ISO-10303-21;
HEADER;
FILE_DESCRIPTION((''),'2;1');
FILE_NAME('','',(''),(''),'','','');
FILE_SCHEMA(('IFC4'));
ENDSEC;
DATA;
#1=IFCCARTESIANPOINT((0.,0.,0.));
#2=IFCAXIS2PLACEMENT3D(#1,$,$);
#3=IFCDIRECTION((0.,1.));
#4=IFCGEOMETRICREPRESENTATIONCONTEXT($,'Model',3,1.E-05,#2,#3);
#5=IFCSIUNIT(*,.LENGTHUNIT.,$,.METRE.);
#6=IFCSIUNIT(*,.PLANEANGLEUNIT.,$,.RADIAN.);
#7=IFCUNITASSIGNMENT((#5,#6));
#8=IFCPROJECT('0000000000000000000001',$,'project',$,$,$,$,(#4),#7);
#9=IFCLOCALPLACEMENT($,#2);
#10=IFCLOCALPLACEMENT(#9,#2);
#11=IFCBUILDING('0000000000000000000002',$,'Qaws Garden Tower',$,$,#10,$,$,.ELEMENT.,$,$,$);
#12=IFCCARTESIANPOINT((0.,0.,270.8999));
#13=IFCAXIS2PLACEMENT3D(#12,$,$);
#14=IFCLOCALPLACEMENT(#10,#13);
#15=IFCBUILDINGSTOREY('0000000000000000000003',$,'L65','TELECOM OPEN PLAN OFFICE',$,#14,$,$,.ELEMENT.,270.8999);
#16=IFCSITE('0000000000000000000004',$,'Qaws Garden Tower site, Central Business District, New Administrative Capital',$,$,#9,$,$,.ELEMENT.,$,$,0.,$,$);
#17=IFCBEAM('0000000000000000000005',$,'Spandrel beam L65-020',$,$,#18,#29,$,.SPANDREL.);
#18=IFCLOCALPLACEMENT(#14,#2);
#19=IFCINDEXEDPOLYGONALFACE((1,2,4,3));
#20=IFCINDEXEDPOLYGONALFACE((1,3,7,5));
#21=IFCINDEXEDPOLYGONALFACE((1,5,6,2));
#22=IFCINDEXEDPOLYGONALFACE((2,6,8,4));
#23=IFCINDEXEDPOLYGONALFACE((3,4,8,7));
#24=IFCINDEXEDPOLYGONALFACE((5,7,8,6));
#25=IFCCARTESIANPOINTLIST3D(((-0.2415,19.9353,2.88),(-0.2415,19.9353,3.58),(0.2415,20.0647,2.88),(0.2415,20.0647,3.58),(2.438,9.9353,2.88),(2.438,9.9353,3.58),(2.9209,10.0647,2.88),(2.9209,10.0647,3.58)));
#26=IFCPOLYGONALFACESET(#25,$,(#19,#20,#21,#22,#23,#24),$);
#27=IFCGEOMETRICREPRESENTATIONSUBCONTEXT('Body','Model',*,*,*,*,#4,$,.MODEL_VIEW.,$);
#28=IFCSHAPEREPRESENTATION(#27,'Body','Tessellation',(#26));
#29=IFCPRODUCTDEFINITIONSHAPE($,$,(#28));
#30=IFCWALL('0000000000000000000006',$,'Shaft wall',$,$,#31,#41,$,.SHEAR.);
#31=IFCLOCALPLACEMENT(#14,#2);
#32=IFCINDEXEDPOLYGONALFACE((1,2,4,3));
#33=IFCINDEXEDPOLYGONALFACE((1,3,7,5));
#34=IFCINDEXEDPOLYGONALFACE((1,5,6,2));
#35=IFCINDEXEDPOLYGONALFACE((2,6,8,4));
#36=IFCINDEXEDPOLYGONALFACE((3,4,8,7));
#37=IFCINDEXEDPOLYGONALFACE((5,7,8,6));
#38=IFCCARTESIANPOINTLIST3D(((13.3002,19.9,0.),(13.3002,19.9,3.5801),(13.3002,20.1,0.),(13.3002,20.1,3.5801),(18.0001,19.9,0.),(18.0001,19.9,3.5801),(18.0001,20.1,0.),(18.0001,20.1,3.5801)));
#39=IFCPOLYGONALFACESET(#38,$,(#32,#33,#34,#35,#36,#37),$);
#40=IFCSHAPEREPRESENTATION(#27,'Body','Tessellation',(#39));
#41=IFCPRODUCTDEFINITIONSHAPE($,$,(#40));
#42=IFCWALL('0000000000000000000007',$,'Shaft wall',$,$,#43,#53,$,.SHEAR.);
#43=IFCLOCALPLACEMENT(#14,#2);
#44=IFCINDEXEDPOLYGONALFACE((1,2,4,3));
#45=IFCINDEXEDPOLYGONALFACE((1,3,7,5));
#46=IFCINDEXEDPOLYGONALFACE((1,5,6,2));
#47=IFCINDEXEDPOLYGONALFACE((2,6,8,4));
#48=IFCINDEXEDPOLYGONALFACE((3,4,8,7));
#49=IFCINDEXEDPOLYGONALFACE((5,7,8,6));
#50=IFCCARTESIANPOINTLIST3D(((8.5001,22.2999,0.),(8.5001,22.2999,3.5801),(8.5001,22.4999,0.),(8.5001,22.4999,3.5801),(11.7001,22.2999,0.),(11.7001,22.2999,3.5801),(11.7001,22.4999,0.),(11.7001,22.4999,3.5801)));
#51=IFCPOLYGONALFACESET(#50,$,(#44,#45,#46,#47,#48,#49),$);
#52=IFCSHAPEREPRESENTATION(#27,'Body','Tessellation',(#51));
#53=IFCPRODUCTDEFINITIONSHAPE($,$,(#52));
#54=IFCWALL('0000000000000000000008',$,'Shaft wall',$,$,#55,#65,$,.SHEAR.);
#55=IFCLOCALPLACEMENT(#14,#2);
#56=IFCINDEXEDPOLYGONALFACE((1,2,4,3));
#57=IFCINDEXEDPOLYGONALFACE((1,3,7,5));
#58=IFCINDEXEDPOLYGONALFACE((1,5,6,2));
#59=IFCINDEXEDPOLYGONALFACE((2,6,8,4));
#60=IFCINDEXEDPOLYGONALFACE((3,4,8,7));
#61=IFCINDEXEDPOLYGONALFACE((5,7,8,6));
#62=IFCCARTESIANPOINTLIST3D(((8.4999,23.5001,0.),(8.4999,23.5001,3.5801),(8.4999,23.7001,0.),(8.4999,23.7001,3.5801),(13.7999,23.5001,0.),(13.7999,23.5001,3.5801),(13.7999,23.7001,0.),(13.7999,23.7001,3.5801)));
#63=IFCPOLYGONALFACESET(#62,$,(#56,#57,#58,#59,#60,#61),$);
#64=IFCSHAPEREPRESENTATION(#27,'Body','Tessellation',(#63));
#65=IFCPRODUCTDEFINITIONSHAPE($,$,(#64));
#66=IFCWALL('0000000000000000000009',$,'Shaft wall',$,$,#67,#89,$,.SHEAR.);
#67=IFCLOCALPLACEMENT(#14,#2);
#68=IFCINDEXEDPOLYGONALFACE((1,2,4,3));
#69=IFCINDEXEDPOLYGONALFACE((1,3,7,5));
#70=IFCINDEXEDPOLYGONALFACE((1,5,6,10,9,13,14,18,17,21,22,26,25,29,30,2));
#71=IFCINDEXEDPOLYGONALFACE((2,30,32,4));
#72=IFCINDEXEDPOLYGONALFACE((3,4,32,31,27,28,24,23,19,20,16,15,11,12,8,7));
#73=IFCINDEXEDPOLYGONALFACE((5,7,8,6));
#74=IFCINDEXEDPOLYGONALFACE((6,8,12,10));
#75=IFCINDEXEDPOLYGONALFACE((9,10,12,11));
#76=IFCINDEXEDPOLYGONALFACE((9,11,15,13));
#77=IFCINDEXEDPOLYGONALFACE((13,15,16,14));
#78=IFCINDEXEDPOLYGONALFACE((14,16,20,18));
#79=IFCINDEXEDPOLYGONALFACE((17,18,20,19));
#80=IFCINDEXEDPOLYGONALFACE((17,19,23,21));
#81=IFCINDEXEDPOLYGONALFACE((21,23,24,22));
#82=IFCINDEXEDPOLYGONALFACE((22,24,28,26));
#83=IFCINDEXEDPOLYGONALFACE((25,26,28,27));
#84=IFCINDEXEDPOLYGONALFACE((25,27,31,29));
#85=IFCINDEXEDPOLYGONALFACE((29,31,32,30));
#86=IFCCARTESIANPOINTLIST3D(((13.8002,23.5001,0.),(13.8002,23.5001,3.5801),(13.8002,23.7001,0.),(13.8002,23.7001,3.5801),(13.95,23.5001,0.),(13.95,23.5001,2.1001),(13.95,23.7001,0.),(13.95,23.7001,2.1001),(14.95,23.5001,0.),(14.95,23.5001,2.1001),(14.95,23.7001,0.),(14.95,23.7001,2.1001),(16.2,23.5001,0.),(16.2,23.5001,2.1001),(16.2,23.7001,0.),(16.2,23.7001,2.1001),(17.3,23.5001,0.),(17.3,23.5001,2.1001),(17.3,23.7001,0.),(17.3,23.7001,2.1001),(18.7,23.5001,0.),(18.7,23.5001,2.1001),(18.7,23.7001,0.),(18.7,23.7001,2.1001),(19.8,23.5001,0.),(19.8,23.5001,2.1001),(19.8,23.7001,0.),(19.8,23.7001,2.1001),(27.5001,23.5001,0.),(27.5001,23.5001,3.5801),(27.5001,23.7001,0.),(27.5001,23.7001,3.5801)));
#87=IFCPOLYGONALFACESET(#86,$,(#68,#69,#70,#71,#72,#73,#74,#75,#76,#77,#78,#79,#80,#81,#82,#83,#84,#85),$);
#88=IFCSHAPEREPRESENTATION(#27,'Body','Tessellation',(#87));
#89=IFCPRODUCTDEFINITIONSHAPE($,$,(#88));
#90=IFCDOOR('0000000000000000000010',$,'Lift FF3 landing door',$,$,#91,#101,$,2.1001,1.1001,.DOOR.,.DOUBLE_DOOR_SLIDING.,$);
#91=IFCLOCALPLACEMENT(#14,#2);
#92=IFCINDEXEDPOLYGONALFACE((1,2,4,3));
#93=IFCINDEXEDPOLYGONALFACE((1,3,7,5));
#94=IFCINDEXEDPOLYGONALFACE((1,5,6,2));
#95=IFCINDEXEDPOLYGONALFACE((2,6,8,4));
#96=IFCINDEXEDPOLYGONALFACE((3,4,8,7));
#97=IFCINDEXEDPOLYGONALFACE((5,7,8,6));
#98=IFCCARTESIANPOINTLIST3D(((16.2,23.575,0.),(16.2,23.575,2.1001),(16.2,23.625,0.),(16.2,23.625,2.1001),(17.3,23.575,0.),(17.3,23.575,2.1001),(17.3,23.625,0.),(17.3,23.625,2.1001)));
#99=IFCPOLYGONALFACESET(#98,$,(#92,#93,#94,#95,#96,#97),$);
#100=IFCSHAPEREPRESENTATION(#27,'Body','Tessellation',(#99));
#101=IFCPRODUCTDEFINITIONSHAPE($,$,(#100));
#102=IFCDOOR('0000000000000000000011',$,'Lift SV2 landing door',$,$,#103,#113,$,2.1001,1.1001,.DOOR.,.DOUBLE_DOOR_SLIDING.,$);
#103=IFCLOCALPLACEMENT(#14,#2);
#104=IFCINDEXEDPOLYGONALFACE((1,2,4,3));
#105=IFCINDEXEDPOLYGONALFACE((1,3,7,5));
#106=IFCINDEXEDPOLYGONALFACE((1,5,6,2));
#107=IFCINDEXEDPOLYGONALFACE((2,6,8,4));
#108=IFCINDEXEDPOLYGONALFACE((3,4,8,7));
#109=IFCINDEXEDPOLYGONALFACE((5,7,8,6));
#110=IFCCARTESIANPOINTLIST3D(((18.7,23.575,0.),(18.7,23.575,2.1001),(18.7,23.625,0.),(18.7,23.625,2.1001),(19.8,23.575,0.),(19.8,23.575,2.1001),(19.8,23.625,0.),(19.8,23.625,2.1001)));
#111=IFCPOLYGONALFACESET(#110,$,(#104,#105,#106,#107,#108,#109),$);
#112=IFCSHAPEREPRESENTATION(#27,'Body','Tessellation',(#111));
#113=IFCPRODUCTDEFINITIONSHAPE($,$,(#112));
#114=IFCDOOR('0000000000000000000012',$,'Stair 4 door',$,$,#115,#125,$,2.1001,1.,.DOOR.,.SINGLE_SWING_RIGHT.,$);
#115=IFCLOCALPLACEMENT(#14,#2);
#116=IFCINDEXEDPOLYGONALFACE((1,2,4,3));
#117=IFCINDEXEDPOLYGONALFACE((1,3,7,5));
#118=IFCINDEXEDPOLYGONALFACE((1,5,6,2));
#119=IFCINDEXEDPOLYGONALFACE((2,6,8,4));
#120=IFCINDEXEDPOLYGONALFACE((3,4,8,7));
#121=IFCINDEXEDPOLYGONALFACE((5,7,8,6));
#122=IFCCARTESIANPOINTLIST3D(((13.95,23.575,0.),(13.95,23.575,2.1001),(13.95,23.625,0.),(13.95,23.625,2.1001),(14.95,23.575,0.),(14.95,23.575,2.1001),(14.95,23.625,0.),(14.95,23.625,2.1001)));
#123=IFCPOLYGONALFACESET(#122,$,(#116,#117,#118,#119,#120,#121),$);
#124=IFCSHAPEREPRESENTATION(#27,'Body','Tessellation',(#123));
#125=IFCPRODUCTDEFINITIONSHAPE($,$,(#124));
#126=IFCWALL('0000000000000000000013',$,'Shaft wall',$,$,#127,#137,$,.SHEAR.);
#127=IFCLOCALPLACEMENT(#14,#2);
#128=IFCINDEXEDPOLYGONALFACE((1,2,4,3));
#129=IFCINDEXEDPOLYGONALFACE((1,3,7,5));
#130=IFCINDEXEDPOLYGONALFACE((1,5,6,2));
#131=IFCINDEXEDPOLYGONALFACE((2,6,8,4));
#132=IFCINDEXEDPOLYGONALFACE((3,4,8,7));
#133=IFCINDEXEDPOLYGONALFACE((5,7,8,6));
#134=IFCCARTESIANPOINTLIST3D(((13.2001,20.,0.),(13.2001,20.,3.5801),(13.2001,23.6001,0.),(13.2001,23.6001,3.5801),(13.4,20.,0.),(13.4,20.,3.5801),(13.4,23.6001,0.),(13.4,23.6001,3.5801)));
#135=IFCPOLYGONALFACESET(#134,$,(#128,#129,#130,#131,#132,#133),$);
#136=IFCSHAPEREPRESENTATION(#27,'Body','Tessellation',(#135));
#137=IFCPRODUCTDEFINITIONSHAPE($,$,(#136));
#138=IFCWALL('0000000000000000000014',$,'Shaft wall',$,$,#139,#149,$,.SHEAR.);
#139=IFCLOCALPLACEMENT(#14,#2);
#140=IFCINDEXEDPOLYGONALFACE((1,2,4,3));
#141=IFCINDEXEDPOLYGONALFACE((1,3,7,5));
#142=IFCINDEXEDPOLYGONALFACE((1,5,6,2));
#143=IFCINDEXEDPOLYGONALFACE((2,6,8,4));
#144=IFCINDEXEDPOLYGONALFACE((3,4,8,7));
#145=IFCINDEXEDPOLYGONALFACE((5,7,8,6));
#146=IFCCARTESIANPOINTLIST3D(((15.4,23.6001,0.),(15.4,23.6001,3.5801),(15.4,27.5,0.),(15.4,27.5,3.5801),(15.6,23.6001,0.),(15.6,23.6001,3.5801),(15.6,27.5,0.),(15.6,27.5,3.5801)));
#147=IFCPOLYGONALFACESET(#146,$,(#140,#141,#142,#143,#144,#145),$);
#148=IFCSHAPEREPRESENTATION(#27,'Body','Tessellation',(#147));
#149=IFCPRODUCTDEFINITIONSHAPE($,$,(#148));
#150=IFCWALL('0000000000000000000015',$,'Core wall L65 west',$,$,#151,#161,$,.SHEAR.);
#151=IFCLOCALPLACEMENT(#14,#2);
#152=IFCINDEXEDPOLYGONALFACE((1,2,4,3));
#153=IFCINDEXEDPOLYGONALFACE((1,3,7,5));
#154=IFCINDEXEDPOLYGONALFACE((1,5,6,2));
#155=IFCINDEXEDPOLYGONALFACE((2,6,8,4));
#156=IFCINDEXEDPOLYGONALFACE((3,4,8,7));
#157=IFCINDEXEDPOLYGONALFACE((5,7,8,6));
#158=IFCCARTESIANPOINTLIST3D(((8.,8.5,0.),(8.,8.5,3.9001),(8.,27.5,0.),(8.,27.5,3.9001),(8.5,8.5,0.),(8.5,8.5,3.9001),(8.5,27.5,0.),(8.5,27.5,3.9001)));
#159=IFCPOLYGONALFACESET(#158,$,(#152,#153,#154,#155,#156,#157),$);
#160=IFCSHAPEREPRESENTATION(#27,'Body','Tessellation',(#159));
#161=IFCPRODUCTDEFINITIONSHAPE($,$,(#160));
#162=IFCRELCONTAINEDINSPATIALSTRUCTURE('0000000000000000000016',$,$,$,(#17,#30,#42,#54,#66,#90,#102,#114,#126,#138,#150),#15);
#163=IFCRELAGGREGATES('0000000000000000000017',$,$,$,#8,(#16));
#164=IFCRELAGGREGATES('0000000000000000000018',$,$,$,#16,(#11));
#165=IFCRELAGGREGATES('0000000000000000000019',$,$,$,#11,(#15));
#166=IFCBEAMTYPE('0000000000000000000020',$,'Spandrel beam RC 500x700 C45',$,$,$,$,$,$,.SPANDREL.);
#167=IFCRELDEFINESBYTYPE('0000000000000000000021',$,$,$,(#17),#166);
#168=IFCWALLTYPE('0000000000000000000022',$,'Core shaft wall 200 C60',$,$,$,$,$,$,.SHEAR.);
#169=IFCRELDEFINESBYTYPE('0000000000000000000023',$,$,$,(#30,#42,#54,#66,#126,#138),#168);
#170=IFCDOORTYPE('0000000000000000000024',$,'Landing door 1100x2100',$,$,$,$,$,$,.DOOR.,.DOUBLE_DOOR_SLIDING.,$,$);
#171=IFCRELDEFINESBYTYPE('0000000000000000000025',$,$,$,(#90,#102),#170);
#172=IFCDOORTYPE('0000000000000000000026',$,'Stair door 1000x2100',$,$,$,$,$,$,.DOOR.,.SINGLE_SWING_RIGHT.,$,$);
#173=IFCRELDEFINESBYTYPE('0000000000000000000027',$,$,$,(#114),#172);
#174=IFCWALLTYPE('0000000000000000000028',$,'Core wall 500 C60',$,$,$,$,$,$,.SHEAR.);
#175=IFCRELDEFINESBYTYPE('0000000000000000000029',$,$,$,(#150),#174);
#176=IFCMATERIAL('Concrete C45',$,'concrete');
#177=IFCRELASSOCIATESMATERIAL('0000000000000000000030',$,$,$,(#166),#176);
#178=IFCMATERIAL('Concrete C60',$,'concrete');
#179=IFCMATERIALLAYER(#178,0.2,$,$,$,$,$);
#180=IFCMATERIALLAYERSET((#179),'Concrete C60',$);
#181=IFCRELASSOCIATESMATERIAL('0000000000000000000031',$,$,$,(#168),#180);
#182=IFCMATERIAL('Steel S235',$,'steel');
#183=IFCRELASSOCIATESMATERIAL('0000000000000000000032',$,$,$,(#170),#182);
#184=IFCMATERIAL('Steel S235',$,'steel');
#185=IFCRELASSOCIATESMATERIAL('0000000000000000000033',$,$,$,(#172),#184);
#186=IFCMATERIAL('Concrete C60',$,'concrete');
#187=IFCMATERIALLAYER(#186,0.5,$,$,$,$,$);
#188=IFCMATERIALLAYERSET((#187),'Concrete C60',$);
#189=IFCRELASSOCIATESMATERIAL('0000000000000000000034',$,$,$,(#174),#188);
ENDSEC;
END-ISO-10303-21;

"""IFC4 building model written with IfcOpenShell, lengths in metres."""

from ifc_helpers import new_model, si_unit, direction, frame, frame_2d, origin, origin_2d, place, context, subcontext, project, spatial, rectangle, extrude, material, layer, layer_set, material_profile, profile_set, type_object, element, fill, save


model = new_model("IFC4")

# Units and contexts
model_context = context("Model", 3, precision=1e-05, world=origin(), true_north=direction((0.0, 1.0)))
body_context = subcontext(model_context, "Body", "Model", "MODEL_VIEW")
ifc_project = project(units=[si_unit("LENGTHUNIT", "METRE"), si_unit("PLANEANGLEUNIT", "RADIAN")], contexts=[model_context])

# Site, building, storey
site_placement = place(None, origin())
site = spatial("IfcSite", under=ifc_project, at=site_placement, Name="Qaws Garden Tower site, Central Business District, New Administrative Capital", CompositionType="ELEMENT", RefElevation=0.0)
building_placement = place(site_placement, origin())
building = spatial("IfcBuilding", under=site, at=building_placement, Name="Qaws Garden Tower", CompositionType="ELEMENT")
storey_placement = place(building_placement, frame((0.0, 0.0, 270.8999)))
storey = spatial("IfcBuildingStorey", under=building, at=storey_placement, Name="L65", Description="TELECOM OPEN PLAN OFFICE", CompositionType="ELEMENT", Elevation=270.8999)

# Beam
ifc_material_1 = material(Name="Concrete C45", Category="concrete")
ifc_material_profile = material_profile(ifc_material_1, rectangle(XDim=0.5, YDim=0.7, at=origin_2d()), Name="RC 500x700")
ifc_profile_set = profile_set([ifc_material_profile], Name="Concrete C45")
beam_type = type_object("IfcBeamType", Name="Spandrel beam RC 500x700 C45", PredefinedType="SPANDREL", material=ifc_profile_set)
beam_placement = place(storey_placement, frame((0.0, 20.0, 3.23), z_axis=(0.258815, -0.965927, 0.0), x_axis=(0.965927, 0.258815, 0.0)))
element("IfcBeam", 1, at=beam_placement, inside=storey, type_object=beam_type, Name="Spandrel beam L65-020", PredefinedType="SPANDREL", context=body_context, shape_type="SweptSolid", body=[
    extrude(rectangle(XDim=0.5, YDim=0.7, at=origin_2d()), origin(), (0.0, 0.0, 1.0), 10.3528),
])

# Walls
ifc_material_2 = material(Name="Concrete C60", Category="concrete")
ifc_layer_1 = layer(ifc_material_2, 0.2)
ifc_layer_set_1 = layer_set([ifc_layer_1], Name="Concrete C60")
wall_type_1 = type_object("IfcWallType", Name="Core shaft wall 200 C60", PredefinedType="SHEAR", material=ifc_layer_set_1)
wall_1_placement = place(storey_placement, frame((13.3, 20.0, 0.0), z_axis=(0.0, 0.0, 1.0), x_axis=(1.0, 0.0, 0.0)))
element("IfcWall", 2, at=wall_1_placement, inside=storey, type_object=wall_type_1, Name="Shaft wall", PredefinedType="SHEAR", context=body_context, shape_type="SweptSolid", body=[
    extrude(rectangle(XDim=4.7, YDim=0.2, at=frame_2d((2.3501, 0.0))), origin(), (0.0, 0.0, 1.0), 3.5801),
])
wall_2_placement = place(storey_placement, frame((8.5, 22.3999, 0.0), z_axis=(0.0, 0.0, 1.0), x_axis=(1.0, 0.0, 0.0)))
element("IfcWall", 3, at=wall_2_placement, inside=storey, type_object=wall_type_1, Name="Shaft wall", PredefinedType="SHEAR", context=body_context, shape_type="SweptSolid", body=[
    extrude(rectangle(XDim=3.2, YDim=0.2, at=frame_2d((1.6001, 0.0))), origin(), (0.0, 0.0, 1.0), 3.5801),
])
wall_3_placement = place(storey_placement, frame((8.5, 23.6001, 0.0), z_axis=(0.0, 0.0, 1.0), x_axis=(1.0, 0.0, 0.0)))
element("IfcWall", 4, at=wall_3_placement, inside=storey, type_object=wall_type_1, Name="Shaft wall", PredefinedType="SHEAR", context=body_context, shape_type="SweptSolid", body=[
    extrude(rectangle(XDim=5.3, YDim=0.2, at=frame_2d((2.6499, 0.0))), origin(), (0.0, 0.0, 1.0), 3.5801),
])

# Wall, openings, doors
wall_4_placement = place(storey_placement, frame((13.8, 23.6001, 0.0), z_axis=(0.0, 0.0, 1.0), x_axis=(1.0, 0.0, 0.0)))
wall_4 = element("IfcWall", 5, at=wall_4_placement, inside=storey, type_object=wall_type_1, Name="Shaft wall", PredefinedType="SHEAR", context=body_context, shape_type="SweptSolid", body=[
    extrude(rectangle(XDim=13.7, YDim=0.2, at=frame_2d((6.8501, 0.0))), origin(), (0.0, 0.0, 1.0), 3.5801),
])
opening_1_placement = place(wall_4_placement, frame((2.3999, 0.0, 0.0)))
opening_1 = element("IfcOpeningElement", 6, at=opening_1_placement, cuts=wall_4, PredefinedType="OPENING", context=body_context, shape_type="SweptSolid", body=[
    extrude(rectangle(XDim=1.1001, YDim=2.1001, at=frame_2d((0.55, 1.05))), frame((0.0, 0.1099, 0.0), z_axis=(0.0, -1.0, 0.0), x_axis=(1.0, 0.0, 0.0)), (0.0, 0.0, 1.0), 0.22),
])
opening_2_placement = place(wall_4_placement, frame((4.8999, 0.0, 0.0)))
opening_2 = element("IfcOpeningElement", 7, at=opening_2_placement, cuts=wall_4, PredefinedType="OPENING", context=body_context, shape_type="SweptSolid", body=[
    extrude(rectangle(XDim=1.1001, YDim=2.1001, at=frame_2d((0.55, 1.05))), frame((0.0, 0.1099, 0.0), z_axis=(0.0, -1.0, 0.0), x_axis=(1.0, 0.0, 0.0)), (0.0, 0.0, 1.0), 0.22),
])
opening_3_placement = place(wall_4_placement, frame((0.1499, 0.0, 0.0)))
opening_3 = element("IfcOpeningElement", 8, at=opening_3_placement, cuts=wall_4, PredefinedType="OPENING", context=body_context, shape_type="SweptSolid", body=[
    extrude(rectangle(XDim=1.0, YDim=2.1001, at=frame_2d((0.5, 1.05))), frame((0.0, 0.1099, 0.0), z_axis=(0.0, -1.0, 0.0), x_axis=(1.0, 0.0, 0.0)), (0.0, 0.0, 1.0), 0.22),
])
ifc_material_3 = material(Name="Steel S235", Category="steel")
door_type_1 = type_object("IfcDoorType", Name="Landing door 1100x2100", OperationType="DOUBLE_DOOR_SLIDING", PredefinedType="DOOR", material=ifc_material_3)
door_1_placement = place(opening_1_placement, origin())
door_1 = element("IfcDoor", 9, at=door_1_placement, inside=storey, type_object=door_type_1, Name="Lift FF3 landing door", OperationType="DOUBLE_DOOR_SLIDING", OverallHeight=2.1001, OverallWidth=1.1001, PredefinedType="DOOR", context=body_context, shape_type="SweptSolid", body=[
    extrude(rectangle(XDim=1.1001, YDim=2.1001, at=frame_2d((0.55, 1.05))), frame((0.0, 0.0249, 0.0), z_axis=(0.0, -1.0, 0.0), x_axis=(1.0, 0.0, 0.0)), (0.0, 0.0, 1.0), 0.05),
])
fill(opening_1, door_1)
door_2_placement = place(opening_2_placement, origin())
door_2 = element("IfcDoor", 10, at=door_2_placement, inside=storey, type_object=door_type_1, Name="Lift SV2 landing door", OperationType="DOUBLE_DOOR_SLIDING", OverallHeight=2.1001, OverallWidth=1.1001, PredefinedType="DOOR", context=body_context, shape_type="SweptSolid", body=[
    extrude(rectangle(XDim=1.1001, YDim=2.1001, at=frame_2d((0.55, 1.05))), frame((0.0, 0.0249, 0.0), z_axis=(0.0, -1.0, 0.0), x_axis=(1.0, 0.0, 0.0)), (0.0, 0.0, 1.0), 0.05),
])
fill(opening_2, door_2)
ifc_material_4 = material(Name="Steel S235", Category="steel")
door_type_2 = type_object("IfcDoorType", Name="Stair door 1000x2100", OperationType="SINGLE_SWING_RIGHT", PredefinedType="DOOR", material=ifc_material_4)
door_3_placement = place(opening_3_placement, origin())
door_3 = element("IfcDoor", 11, at=door_3_placement, inside=storey, type_object=door_type_2, Name="Stair 4 door", OperationType="SINGLE_SWING_RIGHT", OverallHeight=2.1001, OverallWidth=1.0, PredefinedType="DOOR", context=body_context, shape_type="SweptSolid", body=[
    extrude(rectangle(XDim=1.0, YDim=2.1001, at=frame_2d((0.5, 1.05))), frame((0.0, 0.0249, 0.0), z_axis=(0.0, -1.0, 0.0), x_axis=(1.0, 0.0, 0.0)), (0.0, 0.0, 1.0), 0.05),
])
fill(opening_3, door_3)

# Walls
wall_5_placement = place(storey_placement, frame((13.3, 20.0, 0.0), z_axis=(0.0, 0.0, 1.0), x_axis=(0.0, 1.0, 0.0)))
element("IfcWall", 12, at=wall_5_placement, inside=storey, type_object=wall_type_1, Name="Shaft wall", PredefinedType="SHEAR", context=body_context, shape_type="SweptSolid", body=[
    extrude(rectangle(XDim=3.6001, YDim=0.2, at=frame_2d((1.8, 0.0))), origin(), (0.0, 0.0, 1.0), 3.5801),
])
wall_6_placement = place(storey_placement, frame((15.5, 23.6001, 0.0), z_axis=(0.0, 0.0, 1.0), x_axis=(0.0, 1.0, 0.0)))
element("IfcWall", 13, at=wall_6_placement, inside=storey, type_object=wall_type_1, Name="Shaft wall", PredefinedType="SHEAR", context=body_context, shape_type="SweptSolid", body=[
    extrude(rectangle(XDim=3.8999, YDim=0.2, at=frame_2d((1.95, 0.0))), origin(), (0.0, 0.0, 1.0), 3.5801),
])
ifc_material_5 = material(Name="Concrete C60", Category="concrete")
ifc_layer_2 = layer(ifc_material_5, 0.5)
ifc_layer_set_2 = layer_set([ifc_layer_2], Name="Concrete C60")
wall_type_2 = type_object("IfcWallType", Name="Core wall 500 C60", PredefinedType="SHEAR", material=ifc_layer_set_2)
wall_7_placement = place(storey_placement, frame((8.25, 27.5, 0.0), z_axis=(0.0, 0.0, 1.0), x_axis=(0.0, -1.0, 0.0)))
element("IfcWall", 14, at=wall_7_placement, inside=storey, type_object=wall_type_2, Name="Core wall L65 west", PredefinedType="SHEAR", context=body_context, shape_type="SweptSolid", body=[
    extrude(rectangle(XDim=19.0, YDim=0.5, at=frame_2d((9.5, 0.0))), origin(), (0.0, 0.0, 1.0), 3.9001),
])

save(model, "model.ifc")
